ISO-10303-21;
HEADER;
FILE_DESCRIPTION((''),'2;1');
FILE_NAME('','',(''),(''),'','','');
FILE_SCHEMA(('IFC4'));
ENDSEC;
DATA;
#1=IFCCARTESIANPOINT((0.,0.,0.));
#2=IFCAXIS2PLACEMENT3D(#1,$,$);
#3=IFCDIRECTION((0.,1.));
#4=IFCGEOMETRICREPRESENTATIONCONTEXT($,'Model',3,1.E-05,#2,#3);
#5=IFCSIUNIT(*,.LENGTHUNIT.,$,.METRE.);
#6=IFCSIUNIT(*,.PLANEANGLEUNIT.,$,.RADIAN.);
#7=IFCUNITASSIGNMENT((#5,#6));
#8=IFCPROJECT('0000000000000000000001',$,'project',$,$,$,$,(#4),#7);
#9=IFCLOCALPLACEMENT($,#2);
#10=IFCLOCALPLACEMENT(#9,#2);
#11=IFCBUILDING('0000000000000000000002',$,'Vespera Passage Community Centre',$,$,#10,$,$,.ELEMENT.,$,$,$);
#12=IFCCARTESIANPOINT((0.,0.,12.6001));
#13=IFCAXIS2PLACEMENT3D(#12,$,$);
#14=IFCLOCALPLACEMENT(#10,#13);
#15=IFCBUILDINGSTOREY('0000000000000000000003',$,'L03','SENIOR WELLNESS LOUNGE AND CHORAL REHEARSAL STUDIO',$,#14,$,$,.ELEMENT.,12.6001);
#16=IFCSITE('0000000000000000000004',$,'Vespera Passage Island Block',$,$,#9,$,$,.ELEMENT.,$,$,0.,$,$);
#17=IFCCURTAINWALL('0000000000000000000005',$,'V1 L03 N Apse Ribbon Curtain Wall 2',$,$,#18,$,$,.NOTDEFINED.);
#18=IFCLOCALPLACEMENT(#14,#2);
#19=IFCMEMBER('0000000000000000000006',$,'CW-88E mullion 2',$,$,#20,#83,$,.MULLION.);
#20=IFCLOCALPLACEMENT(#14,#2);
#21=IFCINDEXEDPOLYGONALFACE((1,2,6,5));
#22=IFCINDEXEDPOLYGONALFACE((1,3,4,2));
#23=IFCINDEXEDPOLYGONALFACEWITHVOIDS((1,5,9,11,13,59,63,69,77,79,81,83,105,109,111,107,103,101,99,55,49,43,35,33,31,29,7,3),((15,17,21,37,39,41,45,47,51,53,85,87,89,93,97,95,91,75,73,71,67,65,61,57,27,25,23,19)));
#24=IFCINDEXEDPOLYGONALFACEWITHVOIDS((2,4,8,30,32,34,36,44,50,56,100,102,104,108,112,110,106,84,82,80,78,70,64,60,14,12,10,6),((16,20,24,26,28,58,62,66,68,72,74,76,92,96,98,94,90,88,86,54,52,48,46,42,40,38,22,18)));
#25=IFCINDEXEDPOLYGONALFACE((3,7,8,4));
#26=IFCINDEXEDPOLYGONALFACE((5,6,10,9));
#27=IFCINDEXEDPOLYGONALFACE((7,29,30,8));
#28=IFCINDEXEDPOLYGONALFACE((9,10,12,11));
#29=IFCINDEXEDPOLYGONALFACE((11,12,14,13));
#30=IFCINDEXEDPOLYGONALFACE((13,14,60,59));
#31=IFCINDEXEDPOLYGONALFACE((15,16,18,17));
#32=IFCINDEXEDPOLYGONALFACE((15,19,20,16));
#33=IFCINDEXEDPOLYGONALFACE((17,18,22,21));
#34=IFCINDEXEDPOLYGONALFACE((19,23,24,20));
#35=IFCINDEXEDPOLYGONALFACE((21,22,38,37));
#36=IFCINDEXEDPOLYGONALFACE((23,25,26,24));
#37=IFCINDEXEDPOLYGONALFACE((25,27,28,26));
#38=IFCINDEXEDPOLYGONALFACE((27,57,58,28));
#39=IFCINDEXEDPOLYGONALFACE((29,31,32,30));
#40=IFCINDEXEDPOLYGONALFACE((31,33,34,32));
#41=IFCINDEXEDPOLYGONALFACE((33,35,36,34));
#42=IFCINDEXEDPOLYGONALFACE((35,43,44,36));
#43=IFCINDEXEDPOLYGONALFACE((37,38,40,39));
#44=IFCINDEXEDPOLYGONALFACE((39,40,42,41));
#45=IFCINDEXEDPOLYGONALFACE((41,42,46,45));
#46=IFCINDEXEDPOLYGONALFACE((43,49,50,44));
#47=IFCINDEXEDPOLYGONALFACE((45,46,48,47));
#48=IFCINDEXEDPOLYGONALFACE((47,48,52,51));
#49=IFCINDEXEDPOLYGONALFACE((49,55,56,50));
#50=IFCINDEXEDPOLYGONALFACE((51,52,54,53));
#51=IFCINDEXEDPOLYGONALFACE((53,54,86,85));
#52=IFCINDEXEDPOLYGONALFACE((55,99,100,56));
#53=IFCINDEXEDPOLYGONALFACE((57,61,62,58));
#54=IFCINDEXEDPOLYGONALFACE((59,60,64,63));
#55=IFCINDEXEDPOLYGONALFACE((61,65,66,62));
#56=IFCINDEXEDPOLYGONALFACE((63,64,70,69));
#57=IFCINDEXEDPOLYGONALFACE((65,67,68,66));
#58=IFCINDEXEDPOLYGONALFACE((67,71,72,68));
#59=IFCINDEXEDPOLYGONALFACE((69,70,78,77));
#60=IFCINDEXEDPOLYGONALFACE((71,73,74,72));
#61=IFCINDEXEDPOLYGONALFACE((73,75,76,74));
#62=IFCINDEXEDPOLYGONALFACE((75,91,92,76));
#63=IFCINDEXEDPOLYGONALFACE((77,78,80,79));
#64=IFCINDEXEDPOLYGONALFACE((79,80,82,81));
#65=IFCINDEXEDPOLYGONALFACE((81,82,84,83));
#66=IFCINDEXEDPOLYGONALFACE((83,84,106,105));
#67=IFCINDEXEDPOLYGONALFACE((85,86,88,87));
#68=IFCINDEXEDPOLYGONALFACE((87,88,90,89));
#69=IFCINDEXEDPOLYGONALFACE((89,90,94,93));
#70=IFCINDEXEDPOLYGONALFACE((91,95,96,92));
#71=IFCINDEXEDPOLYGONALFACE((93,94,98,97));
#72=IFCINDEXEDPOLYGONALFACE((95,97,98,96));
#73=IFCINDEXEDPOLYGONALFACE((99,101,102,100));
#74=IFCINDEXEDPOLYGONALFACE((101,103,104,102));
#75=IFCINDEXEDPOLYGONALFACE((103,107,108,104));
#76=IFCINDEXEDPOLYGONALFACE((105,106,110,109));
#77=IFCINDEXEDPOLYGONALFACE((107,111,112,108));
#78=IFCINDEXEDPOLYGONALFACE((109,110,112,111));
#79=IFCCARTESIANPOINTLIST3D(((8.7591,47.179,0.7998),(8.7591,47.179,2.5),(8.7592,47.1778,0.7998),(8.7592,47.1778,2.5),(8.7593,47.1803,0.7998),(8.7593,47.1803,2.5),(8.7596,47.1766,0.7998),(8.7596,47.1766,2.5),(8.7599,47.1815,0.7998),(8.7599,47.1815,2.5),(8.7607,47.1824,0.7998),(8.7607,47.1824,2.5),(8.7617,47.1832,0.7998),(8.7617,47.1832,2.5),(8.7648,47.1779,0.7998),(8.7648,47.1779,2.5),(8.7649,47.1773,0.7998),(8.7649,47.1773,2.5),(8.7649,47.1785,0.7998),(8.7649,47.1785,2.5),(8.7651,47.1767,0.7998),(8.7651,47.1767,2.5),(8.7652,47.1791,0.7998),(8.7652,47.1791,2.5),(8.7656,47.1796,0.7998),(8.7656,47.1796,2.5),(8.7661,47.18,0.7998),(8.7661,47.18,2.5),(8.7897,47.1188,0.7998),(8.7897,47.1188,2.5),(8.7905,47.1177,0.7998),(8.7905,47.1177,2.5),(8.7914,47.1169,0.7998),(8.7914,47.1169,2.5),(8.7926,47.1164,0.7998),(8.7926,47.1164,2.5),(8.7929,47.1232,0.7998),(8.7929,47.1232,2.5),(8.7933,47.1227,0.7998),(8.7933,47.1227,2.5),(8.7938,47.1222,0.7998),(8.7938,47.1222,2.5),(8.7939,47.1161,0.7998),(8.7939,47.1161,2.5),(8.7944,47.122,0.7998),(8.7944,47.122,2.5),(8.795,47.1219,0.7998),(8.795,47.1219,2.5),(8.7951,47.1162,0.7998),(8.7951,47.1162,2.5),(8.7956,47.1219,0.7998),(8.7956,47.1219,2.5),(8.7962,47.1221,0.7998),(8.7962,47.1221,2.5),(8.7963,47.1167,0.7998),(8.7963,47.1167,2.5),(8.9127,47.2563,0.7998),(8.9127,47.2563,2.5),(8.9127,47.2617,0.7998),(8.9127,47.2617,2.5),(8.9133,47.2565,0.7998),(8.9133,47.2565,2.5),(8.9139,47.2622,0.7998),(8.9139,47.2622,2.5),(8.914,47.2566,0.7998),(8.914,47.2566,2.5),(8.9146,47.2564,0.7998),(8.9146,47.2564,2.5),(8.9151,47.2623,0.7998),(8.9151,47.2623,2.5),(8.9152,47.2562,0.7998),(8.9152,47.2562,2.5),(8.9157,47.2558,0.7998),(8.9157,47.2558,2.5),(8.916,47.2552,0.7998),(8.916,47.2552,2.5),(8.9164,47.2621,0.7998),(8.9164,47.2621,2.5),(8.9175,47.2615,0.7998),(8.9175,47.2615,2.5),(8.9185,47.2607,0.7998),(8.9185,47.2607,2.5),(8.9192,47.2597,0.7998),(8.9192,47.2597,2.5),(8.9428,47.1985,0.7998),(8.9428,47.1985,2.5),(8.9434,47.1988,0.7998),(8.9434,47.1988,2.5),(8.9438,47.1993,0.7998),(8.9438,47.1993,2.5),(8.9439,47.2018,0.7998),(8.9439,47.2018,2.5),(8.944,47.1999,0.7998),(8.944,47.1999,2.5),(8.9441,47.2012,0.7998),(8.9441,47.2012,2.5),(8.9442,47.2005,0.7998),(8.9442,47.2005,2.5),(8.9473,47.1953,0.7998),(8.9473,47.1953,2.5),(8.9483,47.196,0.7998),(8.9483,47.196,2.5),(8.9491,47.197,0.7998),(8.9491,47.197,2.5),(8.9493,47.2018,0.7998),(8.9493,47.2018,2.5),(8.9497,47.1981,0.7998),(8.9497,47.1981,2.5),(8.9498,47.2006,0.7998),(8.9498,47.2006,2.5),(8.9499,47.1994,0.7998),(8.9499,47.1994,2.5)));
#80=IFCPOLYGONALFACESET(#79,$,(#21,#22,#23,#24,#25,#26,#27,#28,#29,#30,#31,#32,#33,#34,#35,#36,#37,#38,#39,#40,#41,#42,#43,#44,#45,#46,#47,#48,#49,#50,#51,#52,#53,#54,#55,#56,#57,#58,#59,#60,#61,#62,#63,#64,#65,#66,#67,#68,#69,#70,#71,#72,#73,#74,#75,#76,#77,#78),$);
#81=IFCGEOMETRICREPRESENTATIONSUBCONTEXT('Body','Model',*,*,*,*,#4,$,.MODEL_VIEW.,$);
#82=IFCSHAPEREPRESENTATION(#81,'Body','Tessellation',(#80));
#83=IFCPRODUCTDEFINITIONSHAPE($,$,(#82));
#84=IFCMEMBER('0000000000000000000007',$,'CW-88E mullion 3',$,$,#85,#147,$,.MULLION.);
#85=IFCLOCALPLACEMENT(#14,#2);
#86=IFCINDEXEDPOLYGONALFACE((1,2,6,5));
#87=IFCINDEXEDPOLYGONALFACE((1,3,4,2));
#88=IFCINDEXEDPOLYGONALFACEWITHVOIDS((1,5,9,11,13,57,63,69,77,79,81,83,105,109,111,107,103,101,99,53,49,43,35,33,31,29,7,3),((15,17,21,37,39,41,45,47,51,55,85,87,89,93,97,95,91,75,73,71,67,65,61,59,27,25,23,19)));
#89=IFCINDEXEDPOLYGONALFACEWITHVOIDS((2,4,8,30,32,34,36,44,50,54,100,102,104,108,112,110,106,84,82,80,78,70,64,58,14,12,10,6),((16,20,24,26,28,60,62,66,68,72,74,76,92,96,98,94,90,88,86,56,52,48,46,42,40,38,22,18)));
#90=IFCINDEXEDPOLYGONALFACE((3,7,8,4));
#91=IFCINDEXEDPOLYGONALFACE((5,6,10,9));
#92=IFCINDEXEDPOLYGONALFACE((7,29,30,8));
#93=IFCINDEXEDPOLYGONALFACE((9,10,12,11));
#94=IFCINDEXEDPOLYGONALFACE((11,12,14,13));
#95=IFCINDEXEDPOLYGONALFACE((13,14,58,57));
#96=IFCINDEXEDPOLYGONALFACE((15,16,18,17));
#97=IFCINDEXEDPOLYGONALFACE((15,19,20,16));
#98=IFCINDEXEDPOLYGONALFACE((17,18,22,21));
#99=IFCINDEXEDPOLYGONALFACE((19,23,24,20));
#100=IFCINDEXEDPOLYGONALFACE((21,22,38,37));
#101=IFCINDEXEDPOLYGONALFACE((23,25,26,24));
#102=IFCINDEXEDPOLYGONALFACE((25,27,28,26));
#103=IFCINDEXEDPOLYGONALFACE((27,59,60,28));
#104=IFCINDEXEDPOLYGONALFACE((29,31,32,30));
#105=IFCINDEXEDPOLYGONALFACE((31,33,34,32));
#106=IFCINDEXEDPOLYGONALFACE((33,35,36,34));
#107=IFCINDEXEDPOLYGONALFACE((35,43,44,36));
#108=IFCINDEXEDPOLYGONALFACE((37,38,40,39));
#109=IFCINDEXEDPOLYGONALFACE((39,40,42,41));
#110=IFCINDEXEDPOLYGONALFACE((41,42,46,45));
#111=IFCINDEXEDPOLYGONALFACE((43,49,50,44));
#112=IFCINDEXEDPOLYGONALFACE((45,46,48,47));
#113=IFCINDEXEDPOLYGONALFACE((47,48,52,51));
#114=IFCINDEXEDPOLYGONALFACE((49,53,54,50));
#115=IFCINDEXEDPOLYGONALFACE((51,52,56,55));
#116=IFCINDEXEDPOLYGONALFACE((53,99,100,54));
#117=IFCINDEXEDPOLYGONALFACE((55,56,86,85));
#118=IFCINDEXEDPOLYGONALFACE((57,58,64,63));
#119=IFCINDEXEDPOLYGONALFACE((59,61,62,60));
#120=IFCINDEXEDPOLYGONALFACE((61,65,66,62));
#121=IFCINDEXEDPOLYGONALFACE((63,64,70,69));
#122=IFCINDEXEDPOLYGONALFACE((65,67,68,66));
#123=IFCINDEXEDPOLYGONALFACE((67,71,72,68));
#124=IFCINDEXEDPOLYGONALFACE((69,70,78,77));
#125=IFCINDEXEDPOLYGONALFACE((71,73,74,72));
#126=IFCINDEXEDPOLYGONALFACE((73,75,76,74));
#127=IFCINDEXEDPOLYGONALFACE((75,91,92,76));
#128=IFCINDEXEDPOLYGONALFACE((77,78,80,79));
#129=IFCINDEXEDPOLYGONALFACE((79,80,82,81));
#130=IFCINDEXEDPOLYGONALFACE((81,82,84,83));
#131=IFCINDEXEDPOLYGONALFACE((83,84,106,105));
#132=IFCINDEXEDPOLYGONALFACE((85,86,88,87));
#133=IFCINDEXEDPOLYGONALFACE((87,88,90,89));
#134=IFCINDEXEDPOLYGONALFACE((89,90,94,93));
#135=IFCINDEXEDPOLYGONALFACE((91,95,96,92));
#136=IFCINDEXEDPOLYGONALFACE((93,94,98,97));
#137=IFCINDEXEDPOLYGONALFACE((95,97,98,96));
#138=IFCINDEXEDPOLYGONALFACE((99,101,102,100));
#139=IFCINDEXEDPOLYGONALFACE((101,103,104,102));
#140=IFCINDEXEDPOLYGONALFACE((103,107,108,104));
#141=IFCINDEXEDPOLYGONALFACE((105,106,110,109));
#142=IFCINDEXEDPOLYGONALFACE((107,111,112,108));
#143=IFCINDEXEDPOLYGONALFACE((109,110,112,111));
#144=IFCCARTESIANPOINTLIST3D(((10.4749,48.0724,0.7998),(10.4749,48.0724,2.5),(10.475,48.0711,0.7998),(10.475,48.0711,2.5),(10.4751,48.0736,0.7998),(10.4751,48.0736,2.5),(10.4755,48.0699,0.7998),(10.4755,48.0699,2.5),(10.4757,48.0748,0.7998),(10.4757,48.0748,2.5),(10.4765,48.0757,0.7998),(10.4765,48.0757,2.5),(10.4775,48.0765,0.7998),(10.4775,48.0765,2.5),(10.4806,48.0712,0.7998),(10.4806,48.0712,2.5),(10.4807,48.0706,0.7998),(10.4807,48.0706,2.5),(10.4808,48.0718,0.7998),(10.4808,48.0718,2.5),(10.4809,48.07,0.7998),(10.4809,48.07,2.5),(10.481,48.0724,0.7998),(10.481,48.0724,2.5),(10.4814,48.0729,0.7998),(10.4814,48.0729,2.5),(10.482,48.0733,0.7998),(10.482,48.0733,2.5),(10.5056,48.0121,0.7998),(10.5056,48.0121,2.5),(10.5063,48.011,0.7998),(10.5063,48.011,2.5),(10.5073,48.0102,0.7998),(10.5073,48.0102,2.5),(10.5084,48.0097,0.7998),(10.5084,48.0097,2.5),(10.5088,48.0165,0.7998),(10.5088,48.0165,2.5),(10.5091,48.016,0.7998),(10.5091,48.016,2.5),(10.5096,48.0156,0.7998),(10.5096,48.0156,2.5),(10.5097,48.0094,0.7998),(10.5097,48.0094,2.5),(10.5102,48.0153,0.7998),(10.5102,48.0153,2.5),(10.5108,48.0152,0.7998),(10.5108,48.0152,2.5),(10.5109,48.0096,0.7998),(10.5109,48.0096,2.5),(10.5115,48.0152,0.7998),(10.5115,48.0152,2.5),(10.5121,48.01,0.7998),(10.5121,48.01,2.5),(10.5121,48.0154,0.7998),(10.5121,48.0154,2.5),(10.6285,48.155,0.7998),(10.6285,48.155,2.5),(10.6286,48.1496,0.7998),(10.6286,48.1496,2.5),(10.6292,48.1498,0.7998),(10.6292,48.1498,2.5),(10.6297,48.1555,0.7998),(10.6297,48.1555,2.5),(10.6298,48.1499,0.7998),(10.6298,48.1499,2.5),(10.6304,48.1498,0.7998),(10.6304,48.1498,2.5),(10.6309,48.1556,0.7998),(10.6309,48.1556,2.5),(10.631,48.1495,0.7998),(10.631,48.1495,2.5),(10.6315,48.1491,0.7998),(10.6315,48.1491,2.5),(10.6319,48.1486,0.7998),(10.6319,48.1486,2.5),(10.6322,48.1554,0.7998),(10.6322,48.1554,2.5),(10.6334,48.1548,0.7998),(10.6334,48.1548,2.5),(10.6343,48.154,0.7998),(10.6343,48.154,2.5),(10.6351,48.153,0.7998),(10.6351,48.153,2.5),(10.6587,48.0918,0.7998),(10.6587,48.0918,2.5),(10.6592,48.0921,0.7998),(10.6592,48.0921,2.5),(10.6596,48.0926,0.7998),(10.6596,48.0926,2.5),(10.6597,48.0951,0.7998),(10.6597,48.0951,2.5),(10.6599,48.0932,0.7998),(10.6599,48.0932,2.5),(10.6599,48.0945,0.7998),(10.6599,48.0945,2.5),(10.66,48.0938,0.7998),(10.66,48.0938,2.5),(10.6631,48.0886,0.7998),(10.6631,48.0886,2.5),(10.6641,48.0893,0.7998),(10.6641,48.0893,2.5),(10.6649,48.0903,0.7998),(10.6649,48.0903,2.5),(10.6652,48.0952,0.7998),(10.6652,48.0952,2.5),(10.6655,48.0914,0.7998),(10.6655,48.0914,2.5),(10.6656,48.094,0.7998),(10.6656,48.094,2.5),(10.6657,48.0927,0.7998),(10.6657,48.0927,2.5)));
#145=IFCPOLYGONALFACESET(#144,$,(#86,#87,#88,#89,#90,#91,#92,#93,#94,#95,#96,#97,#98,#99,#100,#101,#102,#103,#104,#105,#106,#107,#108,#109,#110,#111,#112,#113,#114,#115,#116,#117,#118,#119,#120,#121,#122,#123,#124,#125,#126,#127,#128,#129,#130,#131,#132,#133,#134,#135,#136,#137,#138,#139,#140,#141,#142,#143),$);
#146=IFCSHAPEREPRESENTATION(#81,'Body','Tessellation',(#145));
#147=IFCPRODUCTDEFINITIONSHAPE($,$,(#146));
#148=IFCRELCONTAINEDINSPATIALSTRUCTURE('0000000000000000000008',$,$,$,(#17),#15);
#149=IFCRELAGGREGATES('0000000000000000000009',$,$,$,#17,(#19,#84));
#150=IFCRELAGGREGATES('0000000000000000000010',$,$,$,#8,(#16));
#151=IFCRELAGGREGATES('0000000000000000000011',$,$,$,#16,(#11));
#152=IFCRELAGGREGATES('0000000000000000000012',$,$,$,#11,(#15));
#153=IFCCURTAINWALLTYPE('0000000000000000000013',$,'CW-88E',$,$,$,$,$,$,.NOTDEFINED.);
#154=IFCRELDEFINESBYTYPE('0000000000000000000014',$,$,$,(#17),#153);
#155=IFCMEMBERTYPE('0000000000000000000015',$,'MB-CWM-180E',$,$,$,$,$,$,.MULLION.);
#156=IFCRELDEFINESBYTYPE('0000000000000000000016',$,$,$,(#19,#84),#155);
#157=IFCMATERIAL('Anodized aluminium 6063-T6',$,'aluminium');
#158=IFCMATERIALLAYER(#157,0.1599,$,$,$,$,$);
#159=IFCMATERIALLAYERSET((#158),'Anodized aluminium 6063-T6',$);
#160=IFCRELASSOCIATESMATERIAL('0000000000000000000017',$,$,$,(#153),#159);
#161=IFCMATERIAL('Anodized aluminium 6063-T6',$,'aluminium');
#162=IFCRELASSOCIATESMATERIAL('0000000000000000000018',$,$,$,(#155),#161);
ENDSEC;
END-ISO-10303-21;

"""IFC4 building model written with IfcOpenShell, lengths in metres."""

from ifc_helpers import new_model, si_unit, direction, frame, origin, origin_2d, place, context, subcontext, project, spatial, hollow_rectangle, extrude, material, layer, layer_set, material_profile, profile_set, type_object, element, aggregate, save


model = new_model("IFC4")

# Units and contexts
model_context = context("Model", 3, precision=1e-05, world=origin(), true_north=direction((0.0, 1.0)))
body_context = subcontext(model_context, "Body", "Model", "MODEL_VIEW")
ifc_project = project(units=[si_unit("LENGTHUNIT", "METRE"), si_unit("PLANEANGLEUNIT", "RADIAN")], contexts=[model_context])

# Site, building, storey
site_placement = place(None, origin())
site = spatial("IfcSite", under=ifc_project, at=site_placement, Name="Vespera Passage Island Block", CompositionType="ELEMENT", RefElevation=0.0)
building_placement = place(site_placement, origin())
building = spatial("IfcBuilding", under=site, at=building_placement, Name="Vespera Passage Community Centre", CompositionType="ELEMENT")
storey_placement = place(building_placement, frame((0.0, 0.0, 12.6001)))
storey = spatial("IfcBuildingStorey", under=building, at=storey_placement, Name="L03", Description="SENIOR WELLNESS LOUNGE AND CHORAL REHEARSAL STUDIO", CompositionType="ELEMENT", Elevation=12.6001)

# Curtain wall, members
ifc_material_1 = material(Name="Anodized aluminium 6063-T6", Category="aluminium")
ifc_layer_1 = layer(ifc_material_1, 0.1599)
ifc_layer_set_1 = layer_set([ifc_layer_1], Name="Anodized aluminium 6063-T6")
curtain_wall_type = type_object("IfcCurtainWallType", Name="CW-88E", PredefinedType="NOTDEFINED", material=ifc_layer_set_1)
curtain_wall_placement = place(storey_placement, origin())
curtain_wall = element("IfcCurtainWall", 1, at=curtain_wall_placement, inside=storey, type_object=curtain_wall_type, Name="V1 L03 N Apse Ribbon Curtain Wall 2", PredefinedType="NOTDEFINED")
ifc_material_2 = material(Name="Anodized aluminium 6063-T6", Category="aluminium")
ifc_material_profile_1 = material_profile(ifc_material_2, hollow_rectangle(XDim=0.075, YDim=0.1799, WallThickness=0.0049, InnerFilletRadius=0.0024, OuterFilletRadius=0.0049, at=origin_2d()), Name="ALU180X75X5")
ifc_profile_set_1 = profile_set([ifc_material_profile_1], Name="Anodized aluminium 6063-T6")
member_type_1 = type_object("IfcMemberType", Name="MB-CWM-180E", PredefinedType="MULLION", material=ifc_profile_set_1)
member_1_placement = place(storey_placement, frame((8.8545, 47.1892, 0.7998), z_axis=(0.0, 0.0, 1.0), x_axis=(-0.461745, 0.887013, 0.0)))
member_1 = element("IfcMember", 2, at=member_1_placement, type_object=member_type_1, Name="CW-88E mullion 2", PredefinedType="MULLION", context=body_context, shape_type="SweptSolid", body=[
    extrude(hollow_rectangle(XDim=0.075, YDim=0.1799, WallThickness=0.0049, InnerFilletRadius=0.0024, OuterFilletRadius=0.0049, at=origin_2d()), origin(), (0.0, 0.0, 1.0), 1.7002),
])
member_2_placement = place(storey_placement, frame((10.5703, 48.0825, 0.7998), z_axis=(0.0, 0.0, 1.0), x_axis=(-0.461745, 0.887013, 0.0)))
member_2 = element("IfcMember", 3, at=member_2_placement, type_object=member_type_1, Name="CW-88E mullion 3", PredefinedType="MULLION", context=body_context, shape_type="SweptSolid", body=[
    extrude(hollow_rectangle(XDim=0.075, YDim=0.1799, WallThickness=0.0049, InnerFilletRadius=0.0024, OuterFilletRadius=0.0049, at=origin_2d()), origin(), (0.0, 0.0, 1.0), 1.7002),
])
aggregate(curtain_wall, [member_1, member_2])

save(model, "model.ifc")
